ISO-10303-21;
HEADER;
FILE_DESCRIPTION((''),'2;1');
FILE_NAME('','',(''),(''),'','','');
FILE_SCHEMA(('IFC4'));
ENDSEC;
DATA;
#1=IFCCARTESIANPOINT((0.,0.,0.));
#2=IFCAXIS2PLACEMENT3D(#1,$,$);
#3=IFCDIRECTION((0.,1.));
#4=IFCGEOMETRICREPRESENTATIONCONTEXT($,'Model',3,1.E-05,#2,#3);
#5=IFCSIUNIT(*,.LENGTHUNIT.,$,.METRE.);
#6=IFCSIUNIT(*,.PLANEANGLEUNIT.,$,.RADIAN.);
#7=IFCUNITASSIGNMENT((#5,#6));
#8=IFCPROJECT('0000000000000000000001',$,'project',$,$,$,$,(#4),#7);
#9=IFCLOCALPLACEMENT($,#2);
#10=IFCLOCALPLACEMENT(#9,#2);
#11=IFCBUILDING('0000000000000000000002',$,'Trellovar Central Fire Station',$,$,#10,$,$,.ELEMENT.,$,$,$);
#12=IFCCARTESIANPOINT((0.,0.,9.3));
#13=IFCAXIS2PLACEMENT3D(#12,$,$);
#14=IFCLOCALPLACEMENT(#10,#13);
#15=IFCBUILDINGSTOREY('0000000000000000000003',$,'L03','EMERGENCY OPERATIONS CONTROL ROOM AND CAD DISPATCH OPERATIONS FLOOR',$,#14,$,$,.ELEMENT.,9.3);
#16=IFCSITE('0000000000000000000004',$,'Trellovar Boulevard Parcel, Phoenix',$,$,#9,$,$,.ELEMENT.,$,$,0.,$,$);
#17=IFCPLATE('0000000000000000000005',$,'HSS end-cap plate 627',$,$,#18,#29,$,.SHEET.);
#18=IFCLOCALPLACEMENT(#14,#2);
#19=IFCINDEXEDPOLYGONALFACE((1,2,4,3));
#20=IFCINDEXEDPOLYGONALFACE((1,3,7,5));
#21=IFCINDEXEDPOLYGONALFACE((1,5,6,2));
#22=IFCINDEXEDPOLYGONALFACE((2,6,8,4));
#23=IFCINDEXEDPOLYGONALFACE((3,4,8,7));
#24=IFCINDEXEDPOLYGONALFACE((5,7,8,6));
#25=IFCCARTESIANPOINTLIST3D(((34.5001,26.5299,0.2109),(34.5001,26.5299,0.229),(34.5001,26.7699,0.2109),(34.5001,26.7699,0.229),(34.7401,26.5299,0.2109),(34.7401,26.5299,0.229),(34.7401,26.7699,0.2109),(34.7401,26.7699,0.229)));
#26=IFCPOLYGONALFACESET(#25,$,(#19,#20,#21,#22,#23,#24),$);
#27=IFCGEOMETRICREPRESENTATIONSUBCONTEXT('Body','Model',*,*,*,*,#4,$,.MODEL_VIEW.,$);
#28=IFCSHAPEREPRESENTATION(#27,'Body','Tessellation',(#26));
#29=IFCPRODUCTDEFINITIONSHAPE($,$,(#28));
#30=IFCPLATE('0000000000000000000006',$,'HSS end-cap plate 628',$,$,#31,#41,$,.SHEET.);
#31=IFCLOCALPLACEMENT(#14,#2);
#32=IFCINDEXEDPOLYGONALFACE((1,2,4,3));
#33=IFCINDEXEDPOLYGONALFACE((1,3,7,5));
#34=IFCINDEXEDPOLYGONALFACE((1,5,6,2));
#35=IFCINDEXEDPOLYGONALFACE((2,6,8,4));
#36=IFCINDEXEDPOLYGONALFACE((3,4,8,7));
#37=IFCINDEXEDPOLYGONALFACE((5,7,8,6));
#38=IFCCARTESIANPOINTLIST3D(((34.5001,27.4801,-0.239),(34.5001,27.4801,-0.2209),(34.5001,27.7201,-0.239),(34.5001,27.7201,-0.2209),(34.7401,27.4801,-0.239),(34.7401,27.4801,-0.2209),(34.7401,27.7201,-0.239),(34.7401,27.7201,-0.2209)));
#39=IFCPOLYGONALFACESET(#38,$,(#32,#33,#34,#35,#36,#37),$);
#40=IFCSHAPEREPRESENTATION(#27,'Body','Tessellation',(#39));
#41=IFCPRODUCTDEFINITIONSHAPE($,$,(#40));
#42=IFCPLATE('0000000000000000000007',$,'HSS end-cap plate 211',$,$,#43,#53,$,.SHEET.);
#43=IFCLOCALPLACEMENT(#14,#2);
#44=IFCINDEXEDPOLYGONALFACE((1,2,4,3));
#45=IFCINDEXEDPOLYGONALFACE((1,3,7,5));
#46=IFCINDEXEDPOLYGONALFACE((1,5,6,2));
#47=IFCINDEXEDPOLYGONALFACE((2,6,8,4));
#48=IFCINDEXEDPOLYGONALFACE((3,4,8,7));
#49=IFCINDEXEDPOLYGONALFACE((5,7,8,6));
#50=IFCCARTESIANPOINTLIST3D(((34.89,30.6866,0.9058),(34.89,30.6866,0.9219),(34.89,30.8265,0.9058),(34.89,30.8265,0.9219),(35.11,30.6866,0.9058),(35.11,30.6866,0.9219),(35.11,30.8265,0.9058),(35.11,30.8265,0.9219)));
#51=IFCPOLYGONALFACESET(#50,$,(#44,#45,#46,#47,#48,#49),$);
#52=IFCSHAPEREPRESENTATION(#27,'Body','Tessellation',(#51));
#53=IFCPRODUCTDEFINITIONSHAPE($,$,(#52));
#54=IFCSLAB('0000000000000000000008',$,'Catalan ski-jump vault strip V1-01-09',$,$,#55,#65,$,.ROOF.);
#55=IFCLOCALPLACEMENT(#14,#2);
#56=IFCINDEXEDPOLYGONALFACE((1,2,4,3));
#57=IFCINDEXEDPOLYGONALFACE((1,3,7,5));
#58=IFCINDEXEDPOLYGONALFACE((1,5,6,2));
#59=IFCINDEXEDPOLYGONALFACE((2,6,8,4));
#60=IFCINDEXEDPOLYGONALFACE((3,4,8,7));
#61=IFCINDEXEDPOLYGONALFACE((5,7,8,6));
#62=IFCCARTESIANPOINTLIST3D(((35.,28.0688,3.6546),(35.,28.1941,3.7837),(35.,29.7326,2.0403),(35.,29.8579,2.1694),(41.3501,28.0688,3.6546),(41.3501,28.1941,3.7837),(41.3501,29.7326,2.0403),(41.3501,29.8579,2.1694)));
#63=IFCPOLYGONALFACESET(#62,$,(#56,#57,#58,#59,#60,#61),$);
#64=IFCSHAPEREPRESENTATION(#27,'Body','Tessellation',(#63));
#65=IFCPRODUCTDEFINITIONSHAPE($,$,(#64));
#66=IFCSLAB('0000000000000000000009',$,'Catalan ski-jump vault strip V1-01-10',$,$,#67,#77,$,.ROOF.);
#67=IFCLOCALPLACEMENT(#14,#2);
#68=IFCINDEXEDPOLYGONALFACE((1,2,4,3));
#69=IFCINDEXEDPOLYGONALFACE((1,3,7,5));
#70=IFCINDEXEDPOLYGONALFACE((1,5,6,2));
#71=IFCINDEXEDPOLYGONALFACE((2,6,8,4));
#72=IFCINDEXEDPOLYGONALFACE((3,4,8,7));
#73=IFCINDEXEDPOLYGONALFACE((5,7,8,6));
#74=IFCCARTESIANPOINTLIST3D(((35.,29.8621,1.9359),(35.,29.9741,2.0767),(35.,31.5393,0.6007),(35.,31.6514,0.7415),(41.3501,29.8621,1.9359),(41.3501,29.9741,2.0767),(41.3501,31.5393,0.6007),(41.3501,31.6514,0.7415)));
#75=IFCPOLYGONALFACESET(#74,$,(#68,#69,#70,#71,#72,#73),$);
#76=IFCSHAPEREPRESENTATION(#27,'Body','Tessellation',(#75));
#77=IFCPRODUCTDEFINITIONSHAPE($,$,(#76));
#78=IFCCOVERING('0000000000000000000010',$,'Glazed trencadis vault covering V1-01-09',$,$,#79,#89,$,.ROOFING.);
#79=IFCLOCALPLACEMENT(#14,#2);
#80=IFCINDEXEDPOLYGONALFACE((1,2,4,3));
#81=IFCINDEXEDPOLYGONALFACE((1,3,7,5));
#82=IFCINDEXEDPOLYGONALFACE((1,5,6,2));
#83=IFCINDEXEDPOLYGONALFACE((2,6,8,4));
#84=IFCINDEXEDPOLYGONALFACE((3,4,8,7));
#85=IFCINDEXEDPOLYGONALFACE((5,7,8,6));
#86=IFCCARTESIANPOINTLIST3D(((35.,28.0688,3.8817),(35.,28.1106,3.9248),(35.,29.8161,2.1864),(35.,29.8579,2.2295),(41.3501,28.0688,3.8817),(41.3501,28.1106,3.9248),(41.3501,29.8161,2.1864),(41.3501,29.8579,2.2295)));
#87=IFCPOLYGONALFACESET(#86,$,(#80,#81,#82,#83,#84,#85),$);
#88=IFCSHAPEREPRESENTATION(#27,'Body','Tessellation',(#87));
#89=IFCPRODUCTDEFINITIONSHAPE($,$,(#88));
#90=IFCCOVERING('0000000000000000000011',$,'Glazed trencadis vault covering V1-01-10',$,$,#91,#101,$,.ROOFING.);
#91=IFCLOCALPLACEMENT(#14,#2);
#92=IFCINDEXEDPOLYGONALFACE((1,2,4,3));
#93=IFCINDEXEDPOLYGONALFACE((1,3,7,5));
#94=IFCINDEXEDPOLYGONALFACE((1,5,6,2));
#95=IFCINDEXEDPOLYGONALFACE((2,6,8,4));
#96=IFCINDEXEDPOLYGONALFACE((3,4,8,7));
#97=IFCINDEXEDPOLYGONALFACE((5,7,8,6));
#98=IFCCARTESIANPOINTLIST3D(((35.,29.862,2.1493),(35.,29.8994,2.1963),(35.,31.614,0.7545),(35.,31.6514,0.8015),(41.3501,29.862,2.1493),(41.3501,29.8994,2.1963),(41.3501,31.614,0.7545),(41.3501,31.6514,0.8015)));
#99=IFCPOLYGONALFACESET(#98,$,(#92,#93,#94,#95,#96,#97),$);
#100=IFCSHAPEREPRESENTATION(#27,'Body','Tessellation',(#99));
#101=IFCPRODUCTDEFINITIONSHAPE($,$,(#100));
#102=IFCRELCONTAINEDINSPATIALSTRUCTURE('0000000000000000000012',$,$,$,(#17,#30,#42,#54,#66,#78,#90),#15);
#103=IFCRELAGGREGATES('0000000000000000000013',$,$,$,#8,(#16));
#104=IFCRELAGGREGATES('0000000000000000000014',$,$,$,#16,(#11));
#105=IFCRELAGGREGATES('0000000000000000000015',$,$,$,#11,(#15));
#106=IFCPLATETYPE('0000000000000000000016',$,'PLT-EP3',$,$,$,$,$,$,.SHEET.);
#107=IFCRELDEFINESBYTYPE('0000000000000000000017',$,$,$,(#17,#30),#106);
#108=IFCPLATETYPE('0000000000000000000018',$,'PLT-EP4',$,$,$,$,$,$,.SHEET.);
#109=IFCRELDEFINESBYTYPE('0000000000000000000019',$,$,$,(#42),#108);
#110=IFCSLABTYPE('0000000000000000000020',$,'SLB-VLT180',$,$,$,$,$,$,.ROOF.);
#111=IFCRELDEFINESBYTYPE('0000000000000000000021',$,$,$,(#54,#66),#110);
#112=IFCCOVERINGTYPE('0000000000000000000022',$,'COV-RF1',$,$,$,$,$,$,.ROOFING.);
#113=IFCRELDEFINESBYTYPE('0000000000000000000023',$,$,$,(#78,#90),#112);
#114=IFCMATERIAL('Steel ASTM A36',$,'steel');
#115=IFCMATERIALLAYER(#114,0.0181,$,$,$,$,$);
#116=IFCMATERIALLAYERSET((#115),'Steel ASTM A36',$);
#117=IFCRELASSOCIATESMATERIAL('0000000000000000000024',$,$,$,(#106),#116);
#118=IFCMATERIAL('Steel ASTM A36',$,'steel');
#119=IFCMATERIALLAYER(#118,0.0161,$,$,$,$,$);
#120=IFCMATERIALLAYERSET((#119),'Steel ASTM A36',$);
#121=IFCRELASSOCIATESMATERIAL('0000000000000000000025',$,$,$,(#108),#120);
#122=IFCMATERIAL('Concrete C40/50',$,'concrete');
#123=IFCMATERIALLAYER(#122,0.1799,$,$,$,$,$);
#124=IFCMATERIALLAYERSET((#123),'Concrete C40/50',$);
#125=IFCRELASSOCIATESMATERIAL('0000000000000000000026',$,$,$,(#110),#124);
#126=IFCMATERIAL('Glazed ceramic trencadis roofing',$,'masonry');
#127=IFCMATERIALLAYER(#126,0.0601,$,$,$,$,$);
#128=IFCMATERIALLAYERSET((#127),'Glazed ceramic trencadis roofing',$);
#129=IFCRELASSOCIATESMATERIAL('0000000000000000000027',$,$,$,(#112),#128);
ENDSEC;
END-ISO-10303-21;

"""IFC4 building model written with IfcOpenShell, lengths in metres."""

from ifc_helpers import new_model, si_unit, direction, frame, origin, origin_2d, place, context, subcontext, project, spatial, polyline, rectangle, outline, extrude, material, layer, layer_set, type_object, element, save


model = new_model("IFC4")

# Units and contexts
model_context = context("Model", 3, precision=1e-05, world=origin(), true_north=direction((0.0, 1.0)))
body_context = subcontext(model_context, "Body", "Model", "MODEL_VIEW")
ifc_project = project(units=[si_unit("LENGTHUNIT", "METRE"), si_unit("PLANEANGLEUNIT", "RADIAN")], contexts=[model_context])

# Site, building, storey
site_placement = place(None, origin())
site = spatial("IfcSite", under=ifc_project, at=site_placement, Name="Trellovar Boulevard Parcel, Phoenix", CompositionType="ELEMENT", RefElevation=0.0)
building_placement = place(site_placement, origin())
building = spatial("IfcBuilding", under=site, at=building_placement, Name="Trellovar Central Fire Station", CompositionType="ELEMENT")
storey_placement = place(building_placement, frame((0.0, 0.0, 9.3)))
storey = spatial("IfcBuildingStorey", under=building, at=storey_placement, Name="L03", Description="EMERGENCY OPERATIONS CONTROL ROOM AND CAD DISPATCH OPERATIONS FLOOR", CompositionType="ELEMENT", Elevation=9.3)

# Plates
ifc_material_1 = material(Name="Steel ASTM A36", Category="steel")
ifc_layer_1 = layer(ifc_material_1, 0.0181)
ifc_layer_set_1 = layer_set([ifc_layer_1], Name="Steel ASTM A36")
plate_type_1 = type_object("IfcPlateType", Name="PLT-EP3", PredefinedType="SHEET", material=ifc_layer_set_1)
for number, where, z_axis, x_axis, name in (
    (1, (34.6201, 26.6499, 0.2109), (0.0, 0.0, 1.0), (1.0, 0.0, 0.0), "HSS end-cap plate 627"),
    (2, (34.6201, 27.6001, -0.239), (0.0, 0.0, 1.0), (1.0, 0.0, 0.0), "HSS end-cap plate 628"),
):
    element("IfcPlate", number, at=place(storey_placement, frame(where, z_axis=z_axis, x_axis=x_axis)), inside=storey, type_object=plate_type_1, Name=name, PredefinedType="SHEET", context=body_context, shape_type="SweptSolid", body=[
        extrude(rectangle(XDim=0.24, YDim=0.24, at=origin_2d()), origin(), (0.0, 0.0, 1.0), 0.0181),
    ])
ifc_material_2 = material(Name="Steel ASTM A36", Category="steel")
ifc_layer_2 = layer(ifc_material_2, 0.0161)
ifc_layer_set_2 = layer_set([ifc_layer_2], Name="Steel ASTM A36")
plate_type_2 = type_object("IfcPlateType", Name="PLT-EP4", PredefinedType="SHEET", material=ifc_layer_set_2)
plate_1_placement = place(storey_placement, frame((35.0, 30.7566, 0.9058), z_axis=(0.0, 0.0, 1.0), x_axis=(1.0, 0.0, 0.0)))
element("IfcPlate", 3, at=plate_1_placement, inside=storey, type_object=plate_type_2, Name="HSS end-cap plate 211", PredefinedType="SHEET", context=body_context, shape_type="SweptSolid", body=[
    extrude(rectangle(XDim=0.22, YDim=0.1399, at=origin_2d()), origin(), (0.0, 0.0, 1.0), 0.0161),
])

# Slabs
ifc_material_3 = material(Name="Concrete C40/50", Category="concrete")
ifc_layer_3 = layer(ifc_material_3, 0.1799)
ifc_layer_set_3 = layer_set([ifc_layer_3], Name="Concrete C40/50")
slab_type = type_object("IfcSlabType", Name="SLB-VLT180", PredefinedType="ROOF", material=ifc_layer_set_3)
slab_1_placement = place(storey_placement, frame((35.0, 28.1941, 3.7837), z_axis=(0.0, 0.696337, 0.717715), x_axis=(1.0, 0.0, 0.0)))
element("IfcSlab", 4, at=slab_1_placement, inside=storey, type_object=slab_type, Name="Catalan ski-jump vault strip V1-01-09", PredefinedType="ROOF", context=body_context, shape_type="SweptSolid", body=[
    extrude(outline(polyline([(0.0, 0.0), (6.3501, 0.0), (6.3501, 2.3182), (0.0, 2.3182), (0.0, 0.0)])), origin(), (0.0, 0.0, -1.0), 0.1799),
])
slab_2_placement = place(storey_placement, frame((35.0, 29.9741, 2.0767), z_axis=(0.0, 0.622818, 0.782366), x_axis=(1.0, 0.0, 0.0)))
element("IfcSlab", 5, at=slab_2_placement, inside=storey, type_object=slab_type, Name="Catalan ski-jump vault strip V1-01-10", PredefinedType="ROOF", context=body_context, shape_type="SweptSolid", body=[
    extrude(outline(polyline([(0.0, 0.0), (6.3501, 0.0), (6.3501, 2.1438), (0.0, 2.1438), (0.0, 0.0)])), origin(), (0.0, 0.0, -1.0), 0.1799),
])

# Coverings
ifc_material_4 = material(Name="Glazed ceramic trencadis roofing", Category="masonry")
ifc_layer_4 = layer(ifc_material_4, 0.0601)
ifc_layer_set_4 = layer_set([ifc_layer_4], Name="Glazed ceramic trencadis roofing")
covering_type = type_object("IfcCoveringType", Name="COV-RF1", PredefinedType="ROOFING", material=ifc_layer_set_4)
covering_1_placement = place(storey_placement, frame((35.0, 28.1106, 3.9248), z_axis=(0.0, 0.696346, 0.717706), x_axis=(1.0, 0.0, 0.0)))
element("IfcCovering", 6, at=covering_1_placement, inside=storey, type_object=covering_type, Name="Glazed trencadis vault covering V1-01-09", PredefinedType="ROOFING", context=body_context, shape_type="SweptSolid", body=[
    extrude(outline(polyline([(0.0, 0.0), (6.3501, 0.0), (6.3501, 2.4346), (0.0, 2.4346), (0.0, 0.0)])), origin(), (0.0, 0.0, -1.0), 0.0601),
])
covering_2_placement = place(storey_placement, frame((35.0, 29.8994, 2.1963), z_axis=(0.0, 0.622845, 0.782345), x_axis=(1.0, 0.0, 0.0)))
element("IfcCovering", 7, at=covering_2_placement, inside=storey, type_object=covering_type, Name="Glazed trencadis vault covering V1-01-10", PredefinedType="ROOFING", context=body_context, shape_type="SweptSolid", body=[
    extrude(outline(polyline([(0.0, 0.0), (6.3501, 0.0), (6.3501, 2.2394), (0.0, 2.2394), (0.0, 0.0)])), origin(), (0.0, 0.0, -1.0), 0.0601),
])

save(model, "model.ifc")
